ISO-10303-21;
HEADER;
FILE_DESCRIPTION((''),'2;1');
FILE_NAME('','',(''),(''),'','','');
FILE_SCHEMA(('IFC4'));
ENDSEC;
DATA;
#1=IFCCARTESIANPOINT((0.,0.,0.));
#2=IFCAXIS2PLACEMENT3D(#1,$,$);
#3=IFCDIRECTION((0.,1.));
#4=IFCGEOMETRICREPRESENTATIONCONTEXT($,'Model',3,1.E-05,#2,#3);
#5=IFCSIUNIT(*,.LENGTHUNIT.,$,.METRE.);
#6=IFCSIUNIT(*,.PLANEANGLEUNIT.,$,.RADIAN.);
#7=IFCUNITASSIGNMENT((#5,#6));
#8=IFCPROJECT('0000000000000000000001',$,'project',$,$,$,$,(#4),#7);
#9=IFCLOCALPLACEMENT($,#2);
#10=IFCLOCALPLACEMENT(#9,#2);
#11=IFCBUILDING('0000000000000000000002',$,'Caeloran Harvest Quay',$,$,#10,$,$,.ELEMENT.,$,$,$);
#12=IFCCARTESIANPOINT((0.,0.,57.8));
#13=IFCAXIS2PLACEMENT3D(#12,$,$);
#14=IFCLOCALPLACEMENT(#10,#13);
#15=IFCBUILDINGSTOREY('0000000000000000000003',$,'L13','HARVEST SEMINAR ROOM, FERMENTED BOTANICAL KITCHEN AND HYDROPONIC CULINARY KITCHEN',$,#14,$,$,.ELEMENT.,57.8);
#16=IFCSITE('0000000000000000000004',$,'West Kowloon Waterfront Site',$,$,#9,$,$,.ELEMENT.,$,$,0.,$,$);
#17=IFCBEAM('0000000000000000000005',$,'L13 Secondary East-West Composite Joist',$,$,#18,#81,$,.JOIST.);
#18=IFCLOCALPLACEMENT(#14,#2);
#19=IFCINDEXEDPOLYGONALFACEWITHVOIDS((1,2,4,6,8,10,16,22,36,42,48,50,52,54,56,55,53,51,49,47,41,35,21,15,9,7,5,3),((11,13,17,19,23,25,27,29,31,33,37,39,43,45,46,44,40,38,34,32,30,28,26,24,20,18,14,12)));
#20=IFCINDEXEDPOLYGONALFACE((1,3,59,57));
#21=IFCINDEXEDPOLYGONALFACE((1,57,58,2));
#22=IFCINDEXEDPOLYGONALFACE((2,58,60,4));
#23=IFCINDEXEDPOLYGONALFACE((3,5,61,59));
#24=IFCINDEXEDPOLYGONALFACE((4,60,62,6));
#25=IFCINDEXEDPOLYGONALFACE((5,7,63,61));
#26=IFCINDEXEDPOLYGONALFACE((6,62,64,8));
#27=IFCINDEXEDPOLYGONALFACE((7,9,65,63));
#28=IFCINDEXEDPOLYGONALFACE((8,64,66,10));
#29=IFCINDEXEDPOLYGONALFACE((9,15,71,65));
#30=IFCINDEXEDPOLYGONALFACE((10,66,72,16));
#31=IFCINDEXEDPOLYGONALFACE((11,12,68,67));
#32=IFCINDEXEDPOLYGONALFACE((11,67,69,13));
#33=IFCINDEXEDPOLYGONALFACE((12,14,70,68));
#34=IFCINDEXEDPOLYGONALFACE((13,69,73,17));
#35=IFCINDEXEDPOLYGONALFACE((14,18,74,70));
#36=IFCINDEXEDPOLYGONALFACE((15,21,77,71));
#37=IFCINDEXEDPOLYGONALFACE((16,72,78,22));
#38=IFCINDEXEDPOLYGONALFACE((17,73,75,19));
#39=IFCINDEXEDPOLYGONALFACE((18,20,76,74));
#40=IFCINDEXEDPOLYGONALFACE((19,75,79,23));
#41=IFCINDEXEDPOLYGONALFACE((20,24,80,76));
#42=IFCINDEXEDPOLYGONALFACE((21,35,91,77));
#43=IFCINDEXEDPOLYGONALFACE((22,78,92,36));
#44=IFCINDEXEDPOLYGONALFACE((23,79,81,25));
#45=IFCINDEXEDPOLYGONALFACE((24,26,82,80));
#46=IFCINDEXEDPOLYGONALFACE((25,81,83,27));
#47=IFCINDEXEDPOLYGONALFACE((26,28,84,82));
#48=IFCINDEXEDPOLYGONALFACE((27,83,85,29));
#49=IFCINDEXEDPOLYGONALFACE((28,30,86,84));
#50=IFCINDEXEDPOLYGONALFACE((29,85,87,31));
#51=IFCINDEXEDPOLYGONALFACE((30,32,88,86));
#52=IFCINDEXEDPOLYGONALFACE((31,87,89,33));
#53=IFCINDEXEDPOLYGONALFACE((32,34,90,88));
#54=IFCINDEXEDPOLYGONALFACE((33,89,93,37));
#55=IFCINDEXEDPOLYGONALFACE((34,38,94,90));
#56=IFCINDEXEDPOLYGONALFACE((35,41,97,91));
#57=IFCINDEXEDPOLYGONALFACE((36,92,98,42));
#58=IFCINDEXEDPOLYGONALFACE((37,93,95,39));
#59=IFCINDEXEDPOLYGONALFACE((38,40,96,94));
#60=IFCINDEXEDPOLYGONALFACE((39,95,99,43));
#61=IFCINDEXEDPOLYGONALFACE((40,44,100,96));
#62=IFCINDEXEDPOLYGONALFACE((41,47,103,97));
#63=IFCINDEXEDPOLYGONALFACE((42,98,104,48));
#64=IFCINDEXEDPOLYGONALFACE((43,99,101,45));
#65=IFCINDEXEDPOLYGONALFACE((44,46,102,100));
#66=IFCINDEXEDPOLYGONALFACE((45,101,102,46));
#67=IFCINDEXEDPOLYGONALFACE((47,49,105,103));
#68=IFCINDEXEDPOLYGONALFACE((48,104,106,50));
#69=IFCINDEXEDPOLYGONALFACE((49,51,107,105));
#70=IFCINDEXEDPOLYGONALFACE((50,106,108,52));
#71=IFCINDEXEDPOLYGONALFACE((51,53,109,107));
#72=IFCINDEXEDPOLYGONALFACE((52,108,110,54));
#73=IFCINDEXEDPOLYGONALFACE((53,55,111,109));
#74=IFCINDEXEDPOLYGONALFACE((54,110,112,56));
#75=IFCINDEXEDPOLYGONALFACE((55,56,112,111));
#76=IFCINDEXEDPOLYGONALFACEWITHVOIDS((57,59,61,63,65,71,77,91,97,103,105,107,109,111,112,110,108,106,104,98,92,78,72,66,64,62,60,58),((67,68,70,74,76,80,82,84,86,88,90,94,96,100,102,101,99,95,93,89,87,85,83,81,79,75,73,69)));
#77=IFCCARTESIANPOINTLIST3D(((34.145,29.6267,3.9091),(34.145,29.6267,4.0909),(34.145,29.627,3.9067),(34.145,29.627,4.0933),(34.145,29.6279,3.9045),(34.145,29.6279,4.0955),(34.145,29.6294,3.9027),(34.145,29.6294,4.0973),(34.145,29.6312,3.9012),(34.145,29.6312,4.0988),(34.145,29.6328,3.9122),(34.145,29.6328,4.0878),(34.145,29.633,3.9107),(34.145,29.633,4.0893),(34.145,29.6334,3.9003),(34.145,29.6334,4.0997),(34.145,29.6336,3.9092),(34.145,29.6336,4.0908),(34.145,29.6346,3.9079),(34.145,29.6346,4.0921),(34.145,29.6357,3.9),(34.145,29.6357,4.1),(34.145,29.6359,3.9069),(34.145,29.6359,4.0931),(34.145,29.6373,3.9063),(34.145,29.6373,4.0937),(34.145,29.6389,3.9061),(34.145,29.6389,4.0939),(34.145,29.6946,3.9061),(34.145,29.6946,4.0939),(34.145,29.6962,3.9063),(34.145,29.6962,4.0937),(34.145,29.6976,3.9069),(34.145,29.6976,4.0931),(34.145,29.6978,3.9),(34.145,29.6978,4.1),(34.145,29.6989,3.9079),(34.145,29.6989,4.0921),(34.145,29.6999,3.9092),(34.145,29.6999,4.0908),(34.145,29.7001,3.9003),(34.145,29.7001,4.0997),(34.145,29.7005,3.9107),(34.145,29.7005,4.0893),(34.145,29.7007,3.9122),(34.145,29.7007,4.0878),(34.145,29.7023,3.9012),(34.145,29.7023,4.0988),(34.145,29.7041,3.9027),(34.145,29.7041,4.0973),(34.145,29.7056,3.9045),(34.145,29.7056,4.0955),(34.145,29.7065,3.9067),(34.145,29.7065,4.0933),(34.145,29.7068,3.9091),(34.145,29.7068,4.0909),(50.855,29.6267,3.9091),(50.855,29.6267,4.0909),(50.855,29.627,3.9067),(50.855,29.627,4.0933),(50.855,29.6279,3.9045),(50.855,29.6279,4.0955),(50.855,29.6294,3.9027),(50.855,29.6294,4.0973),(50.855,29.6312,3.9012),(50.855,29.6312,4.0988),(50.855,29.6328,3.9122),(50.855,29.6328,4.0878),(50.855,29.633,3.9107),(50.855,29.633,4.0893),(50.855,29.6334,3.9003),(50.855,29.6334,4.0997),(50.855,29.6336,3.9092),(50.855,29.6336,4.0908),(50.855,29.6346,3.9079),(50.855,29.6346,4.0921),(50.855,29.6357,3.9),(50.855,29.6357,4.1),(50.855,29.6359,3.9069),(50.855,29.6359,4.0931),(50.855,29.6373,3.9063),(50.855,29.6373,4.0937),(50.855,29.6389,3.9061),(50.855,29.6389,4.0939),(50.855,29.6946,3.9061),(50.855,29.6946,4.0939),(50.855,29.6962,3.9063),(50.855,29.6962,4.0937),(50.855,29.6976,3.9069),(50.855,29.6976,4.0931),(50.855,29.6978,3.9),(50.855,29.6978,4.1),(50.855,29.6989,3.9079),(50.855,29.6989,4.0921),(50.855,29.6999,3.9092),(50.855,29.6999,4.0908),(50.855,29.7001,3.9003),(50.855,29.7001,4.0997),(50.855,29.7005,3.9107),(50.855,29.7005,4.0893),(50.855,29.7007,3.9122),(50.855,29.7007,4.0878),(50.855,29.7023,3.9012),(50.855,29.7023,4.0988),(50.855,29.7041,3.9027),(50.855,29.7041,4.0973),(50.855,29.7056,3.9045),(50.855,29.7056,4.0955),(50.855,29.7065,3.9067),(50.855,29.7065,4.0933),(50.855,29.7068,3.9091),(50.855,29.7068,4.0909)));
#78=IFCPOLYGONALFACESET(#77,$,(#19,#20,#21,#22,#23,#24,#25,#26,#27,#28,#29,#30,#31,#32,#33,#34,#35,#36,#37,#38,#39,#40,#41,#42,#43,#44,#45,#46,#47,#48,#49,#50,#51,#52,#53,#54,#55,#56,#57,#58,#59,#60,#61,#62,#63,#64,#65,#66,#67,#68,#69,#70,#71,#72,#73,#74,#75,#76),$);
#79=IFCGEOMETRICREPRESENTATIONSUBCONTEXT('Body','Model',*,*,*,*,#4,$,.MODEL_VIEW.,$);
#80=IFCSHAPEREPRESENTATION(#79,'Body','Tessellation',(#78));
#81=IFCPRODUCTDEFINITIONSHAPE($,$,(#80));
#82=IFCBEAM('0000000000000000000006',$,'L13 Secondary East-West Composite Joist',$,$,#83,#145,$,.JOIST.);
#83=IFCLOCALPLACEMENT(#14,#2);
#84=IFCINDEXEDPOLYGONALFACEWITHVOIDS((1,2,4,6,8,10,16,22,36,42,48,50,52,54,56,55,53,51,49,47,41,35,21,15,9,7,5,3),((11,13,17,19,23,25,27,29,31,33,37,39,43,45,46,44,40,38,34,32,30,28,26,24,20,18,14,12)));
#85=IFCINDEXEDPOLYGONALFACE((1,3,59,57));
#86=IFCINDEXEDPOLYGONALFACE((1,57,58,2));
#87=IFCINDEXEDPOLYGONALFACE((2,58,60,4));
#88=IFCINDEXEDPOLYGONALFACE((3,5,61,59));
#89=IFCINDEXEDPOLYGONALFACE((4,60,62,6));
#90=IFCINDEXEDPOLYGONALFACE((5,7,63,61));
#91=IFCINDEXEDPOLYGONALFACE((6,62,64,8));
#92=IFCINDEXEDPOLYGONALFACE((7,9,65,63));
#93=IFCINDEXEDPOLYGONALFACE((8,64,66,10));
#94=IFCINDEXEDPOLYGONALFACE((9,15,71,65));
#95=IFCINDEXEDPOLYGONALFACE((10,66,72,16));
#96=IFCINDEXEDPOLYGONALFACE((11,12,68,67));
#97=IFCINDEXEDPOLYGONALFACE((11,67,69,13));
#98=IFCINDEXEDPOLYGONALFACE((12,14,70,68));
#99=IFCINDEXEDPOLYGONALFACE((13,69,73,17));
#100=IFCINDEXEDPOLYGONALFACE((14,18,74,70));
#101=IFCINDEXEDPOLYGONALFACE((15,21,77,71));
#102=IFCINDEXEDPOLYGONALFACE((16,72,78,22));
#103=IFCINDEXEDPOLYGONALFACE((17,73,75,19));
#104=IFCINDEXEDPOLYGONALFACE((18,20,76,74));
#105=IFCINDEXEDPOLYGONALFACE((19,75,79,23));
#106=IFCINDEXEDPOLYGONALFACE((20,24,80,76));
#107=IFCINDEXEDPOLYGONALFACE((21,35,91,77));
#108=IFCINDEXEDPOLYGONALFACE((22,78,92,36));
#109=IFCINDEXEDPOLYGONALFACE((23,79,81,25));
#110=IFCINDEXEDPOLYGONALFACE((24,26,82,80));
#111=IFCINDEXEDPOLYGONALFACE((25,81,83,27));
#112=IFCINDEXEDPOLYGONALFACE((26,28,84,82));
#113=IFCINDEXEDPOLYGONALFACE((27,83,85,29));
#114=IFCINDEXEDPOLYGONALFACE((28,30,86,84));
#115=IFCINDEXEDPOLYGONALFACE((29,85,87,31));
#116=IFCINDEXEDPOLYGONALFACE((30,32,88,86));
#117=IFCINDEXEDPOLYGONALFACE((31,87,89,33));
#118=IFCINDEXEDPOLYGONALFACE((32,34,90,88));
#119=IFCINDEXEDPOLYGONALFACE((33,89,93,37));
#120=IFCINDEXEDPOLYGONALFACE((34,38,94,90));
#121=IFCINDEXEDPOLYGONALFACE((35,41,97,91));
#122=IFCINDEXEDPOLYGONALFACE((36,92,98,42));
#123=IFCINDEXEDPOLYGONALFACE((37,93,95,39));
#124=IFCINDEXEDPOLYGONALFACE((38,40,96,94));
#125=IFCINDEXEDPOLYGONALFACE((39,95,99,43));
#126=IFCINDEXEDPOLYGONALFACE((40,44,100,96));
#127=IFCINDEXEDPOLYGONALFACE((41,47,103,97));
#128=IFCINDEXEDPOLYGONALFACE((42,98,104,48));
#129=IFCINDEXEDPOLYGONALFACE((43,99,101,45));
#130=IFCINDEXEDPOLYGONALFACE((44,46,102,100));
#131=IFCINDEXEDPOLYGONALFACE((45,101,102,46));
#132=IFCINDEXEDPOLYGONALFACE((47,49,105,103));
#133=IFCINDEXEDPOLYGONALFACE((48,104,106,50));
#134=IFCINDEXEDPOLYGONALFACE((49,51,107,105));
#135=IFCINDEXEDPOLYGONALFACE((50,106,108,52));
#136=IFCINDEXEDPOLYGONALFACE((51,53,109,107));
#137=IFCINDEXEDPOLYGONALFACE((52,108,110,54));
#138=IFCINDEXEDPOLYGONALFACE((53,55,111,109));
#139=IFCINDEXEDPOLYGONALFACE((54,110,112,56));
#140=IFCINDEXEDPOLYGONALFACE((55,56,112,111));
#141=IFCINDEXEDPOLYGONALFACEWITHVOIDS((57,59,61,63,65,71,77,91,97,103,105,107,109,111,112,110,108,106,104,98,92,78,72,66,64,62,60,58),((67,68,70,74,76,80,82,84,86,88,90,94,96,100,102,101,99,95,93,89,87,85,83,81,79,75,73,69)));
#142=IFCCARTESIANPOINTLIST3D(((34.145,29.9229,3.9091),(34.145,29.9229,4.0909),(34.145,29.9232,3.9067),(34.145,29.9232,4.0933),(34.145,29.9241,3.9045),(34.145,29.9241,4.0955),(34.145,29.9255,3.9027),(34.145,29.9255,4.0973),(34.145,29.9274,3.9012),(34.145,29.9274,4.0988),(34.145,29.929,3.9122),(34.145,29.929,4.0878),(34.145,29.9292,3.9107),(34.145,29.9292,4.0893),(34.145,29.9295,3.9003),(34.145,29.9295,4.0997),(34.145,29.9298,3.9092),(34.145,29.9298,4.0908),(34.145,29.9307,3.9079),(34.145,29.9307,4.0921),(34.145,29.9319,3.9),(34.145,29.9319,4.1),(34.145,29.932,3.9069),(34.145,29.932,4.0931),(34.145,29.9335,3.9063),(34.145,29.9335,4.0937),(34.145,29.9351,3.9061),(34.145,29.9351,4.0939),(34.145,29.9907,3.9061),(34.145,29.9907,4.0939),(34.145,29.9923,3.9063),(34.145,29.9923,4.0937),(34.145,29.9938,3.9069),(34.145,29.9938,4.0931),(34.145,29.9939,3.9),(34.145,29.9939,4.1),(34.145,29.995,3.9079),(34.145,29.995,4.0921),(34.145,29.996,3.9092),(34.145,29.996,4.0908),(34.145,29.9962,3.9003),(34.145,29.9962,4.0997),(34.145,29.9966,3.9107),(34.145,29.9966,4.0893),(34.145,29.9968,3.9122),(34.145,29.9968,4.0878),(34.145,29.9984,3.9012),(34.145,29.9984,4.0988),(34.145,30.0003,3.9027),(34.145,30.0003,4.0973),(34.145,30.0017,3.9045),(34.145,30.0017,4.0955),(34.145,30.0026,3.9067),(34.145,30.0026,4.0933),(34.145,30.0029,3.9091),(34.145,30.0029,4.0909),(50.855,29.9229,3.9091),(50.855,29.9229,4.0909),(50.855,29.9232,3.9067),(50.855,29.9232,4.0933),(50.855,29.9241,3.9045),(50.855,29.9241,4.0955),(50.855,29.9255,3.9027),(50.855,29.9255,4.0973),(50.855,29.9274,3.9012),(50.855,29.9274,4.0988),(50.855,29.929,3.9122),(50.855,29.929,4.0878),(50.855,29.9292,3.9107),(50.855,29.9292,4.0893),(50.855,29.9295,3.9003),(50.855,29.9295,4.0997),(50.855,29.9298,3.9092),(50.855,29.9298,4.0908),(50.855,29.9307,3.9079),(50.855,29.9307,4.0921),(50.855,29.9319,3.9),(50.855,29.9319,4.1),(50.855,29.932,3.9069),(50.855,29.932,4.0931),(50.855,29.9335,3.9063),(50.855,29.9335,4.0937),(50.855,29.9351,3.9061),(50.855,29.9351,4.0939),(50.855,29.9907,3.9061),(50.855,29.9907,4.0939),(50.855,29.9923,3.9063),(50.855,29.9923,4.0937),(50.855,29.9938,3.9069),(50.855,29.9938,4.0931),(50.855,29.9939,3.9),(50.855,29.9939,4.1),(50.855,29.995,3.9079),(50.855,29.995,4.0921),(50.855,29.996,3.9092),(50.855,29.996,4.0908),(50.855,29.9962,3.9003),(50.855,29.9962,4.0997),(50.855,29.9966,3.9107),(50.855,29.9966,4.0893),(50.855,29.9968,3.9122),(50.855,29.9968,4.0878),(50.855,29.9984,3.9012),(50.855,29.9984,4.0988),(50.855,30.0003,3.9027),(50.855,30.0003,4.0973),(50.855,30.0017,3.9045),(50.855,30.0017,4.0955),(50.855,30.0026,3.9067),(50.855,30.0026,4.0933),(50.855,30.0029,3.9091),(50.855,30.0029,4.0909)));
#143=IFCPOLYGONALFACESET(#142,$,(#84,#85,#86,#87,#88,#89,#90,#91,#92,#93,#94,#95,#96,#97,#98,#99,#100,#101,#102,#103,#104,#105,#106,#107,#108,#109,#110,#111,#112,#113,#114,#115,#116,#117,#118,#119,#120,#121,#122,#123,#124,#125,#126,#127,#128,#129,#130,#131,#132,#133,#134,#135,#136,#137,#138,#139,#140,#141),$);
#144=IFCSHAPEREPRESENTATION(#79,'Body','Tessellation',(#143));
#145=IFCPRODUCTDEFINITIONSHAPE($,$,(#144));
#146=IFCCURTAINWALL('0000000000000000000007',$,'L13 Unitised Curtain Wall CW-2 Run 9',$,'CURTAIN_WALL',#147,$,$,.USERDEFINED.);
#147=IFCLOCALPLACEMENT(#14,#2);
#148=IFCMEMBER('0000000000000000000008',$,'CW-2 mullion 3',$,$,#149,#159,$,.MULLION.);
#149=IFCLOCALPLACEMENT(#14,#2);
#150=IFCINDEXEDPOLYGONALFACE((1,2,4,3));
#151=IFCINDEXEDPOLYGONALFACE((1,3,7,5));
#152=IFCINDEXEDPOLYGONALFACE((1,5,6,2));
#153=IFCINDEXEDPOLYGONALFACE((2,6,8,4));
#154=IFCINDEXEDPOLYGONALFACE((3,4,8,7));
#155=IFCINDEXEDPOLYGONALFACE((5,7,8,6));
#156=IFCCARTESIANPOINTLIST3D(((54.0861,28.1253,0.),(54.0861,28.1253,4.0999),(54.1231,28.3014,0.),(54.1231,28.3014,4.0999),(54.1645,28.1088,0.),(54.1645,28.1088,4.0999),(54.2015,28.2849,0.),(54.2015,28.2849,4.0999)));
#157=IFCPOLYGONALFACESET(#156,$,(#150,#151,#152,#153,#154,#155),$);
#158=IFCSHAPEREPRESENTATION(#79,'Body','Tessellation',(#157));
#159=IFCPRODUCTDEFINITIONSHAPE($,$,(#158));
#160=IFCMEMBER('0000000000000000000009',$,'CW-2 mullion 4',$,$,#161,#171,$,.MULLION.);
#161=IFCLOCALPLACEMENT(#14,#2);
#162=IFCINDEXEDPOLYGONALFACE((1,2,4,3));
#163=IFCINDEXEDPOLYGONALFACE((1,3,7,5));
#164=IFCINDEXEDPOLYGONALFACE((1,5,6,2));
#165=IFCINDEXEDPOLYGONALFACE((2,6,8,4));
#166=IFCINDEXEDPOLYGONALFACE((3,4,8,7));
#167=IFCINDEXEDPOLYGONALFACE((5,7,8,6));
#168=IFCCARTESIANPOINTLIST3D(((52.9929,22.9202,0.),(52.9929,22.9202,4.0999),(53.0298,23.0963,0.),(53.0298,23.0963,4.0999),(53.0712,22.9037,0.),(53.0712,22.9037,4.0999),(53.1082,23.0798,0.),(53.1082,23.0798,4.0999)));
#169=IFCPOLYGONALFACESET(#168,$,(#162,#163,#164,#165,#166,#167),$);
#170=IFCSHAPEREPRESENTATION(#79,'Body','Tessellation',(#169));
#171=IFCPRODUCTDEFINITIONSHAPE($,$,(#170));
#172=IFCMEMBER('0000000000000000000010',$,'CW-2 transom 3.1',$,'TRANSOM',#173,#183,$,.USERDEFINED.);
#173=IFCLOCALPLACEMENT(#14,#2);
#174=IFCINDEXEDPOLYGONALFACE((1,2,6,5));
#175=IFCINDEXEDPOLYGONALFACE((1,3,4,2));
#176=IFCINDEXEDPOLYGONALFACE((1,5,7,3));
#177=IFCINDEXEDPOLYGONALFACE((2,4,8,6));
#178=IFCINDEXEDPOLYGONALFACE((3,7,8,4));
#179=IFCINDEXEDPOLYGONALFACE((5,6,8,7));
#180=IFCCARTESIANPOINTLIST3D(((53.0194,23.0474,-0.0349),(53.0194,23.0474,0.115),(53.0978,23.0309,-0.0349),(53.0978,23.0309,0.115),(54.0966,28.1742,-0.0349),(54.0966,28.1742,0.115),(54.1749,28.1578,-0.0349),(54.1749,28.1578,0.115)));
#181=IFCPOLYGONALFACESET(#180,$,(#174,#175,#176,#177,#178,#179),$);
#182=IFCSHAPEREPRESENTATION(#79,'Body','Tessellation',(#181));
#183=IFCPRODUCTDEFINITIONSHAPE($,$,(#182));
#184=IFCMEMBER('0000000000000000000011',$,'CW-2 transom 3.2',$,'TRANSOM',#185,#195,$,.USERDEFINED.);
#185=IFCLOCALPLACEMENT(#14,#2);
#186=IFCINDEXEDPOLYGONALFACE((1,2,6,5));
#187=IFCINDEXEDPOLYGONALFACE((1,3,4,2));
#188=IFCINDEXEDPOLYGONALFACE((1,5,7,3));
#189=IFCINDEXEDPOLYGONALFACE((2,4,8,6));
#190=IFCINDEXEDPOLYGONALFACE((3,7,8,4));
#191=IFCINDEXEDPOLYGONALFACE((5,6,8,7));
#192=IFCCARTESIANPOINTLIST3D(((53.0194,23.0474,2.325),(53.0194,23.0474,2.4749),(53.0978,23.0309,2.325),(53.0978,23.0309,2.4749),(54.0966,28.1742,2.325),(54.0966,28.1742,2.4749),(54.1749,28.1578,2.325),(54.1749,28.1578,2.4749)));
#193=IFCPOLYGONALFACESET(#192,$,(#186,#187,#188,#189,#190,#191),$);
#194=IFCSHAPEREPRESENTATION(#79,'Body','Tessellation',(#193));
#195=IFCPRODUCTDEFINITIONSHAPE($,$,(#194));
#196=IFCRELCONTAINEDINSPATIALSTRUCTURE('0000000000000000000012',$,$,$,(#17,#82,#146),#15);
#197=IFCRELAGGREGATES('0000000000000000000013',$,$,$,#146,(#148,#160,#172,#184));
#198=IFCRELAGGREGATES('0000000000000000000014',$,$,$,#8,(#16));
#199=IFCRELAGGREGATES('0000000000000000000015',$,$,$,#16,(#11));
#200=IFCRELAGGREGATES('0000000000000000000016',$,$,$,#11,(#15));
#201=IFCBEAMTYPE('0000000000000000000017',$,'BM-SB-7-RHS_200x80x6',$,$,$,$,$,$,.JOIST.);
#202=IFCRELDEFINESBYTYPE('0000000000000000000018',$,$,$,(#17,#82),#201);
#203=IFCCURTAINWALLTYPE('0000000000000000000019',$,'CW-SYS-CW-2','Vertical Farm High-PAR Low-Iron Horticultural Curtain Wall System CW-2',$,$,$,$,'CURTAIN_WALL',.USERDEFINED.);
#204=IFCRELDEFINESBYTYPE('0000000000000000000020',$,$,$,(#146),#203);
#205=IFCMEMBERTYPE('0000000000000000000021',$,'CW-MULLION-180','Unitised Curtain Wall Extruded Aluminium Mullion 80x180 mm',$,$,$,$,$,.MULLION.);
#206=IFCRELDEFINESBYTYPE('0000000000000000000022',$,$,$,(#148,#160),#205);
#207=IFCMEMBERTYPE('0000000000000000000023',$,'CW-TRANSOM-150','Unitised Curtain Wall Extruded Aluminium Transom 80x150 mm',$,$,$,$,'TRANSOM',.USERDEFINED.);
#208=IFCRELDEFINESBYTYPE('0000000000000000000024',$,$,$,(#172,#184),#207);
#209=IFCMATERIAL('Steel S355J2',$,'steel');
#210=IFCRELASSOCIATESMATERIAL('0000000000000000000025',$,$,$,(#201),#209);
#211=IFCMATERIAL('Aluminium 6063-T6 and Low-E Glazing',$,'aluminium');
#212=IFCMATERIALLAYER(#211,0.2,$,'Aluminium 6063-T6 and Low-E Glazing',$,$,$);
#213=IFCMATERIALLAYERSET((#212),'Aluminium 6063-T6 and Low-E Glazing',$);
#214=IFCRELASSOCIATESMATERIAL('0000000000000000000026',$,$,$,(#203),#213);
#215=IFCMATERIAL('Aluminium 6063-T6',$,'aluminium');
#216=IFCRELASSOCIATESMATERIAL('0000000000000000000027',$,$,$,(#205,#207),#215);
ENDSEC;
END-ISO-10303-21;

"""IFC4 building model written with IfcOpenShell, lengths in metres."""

from ifc_helpers import new_model, si_unit, direction, frame, origin, origin_2d, place, context, subcontext, project, spatial, rectangle, hollow_rectangle, extrude, material, layer, layer_set, material_profile, profile_set, type_object, element, aggregate, save


model = new_model("IFC4")

# Units and contexts
model_context = context("Model", 3, precision=1e-05, world=origin(), true_north=direction((0.0, 1.0)))
body_context = subcontext(model_context, "Body", "Model", "MODEL_VIEW")
ifc_project = project(units=[si_unit("LENGTHUNIT", "METRE"), si_unit("PLANEANGLEUNIT", "RADIAN")], contexts=[model_context])

# Site, building, storey
site_placement = place(None, origin())
site = spatial("IfcSite", under=ifc_project, at=site_placement, Name="West Kowloon Waterfront Site", CompositionType="ELEMENT", RefElevation=0.0)
building_placement = place(site_placement, origin())
building = spatial("IfcBuilding", under=site, at=building_placement, Name="Caeloran Harvest Quay", CompositionType="ELEMENT")
storey_placement = place(building_placement, frame((0.0, 0.0, 57.8)))
storey = spatial("IfcBuildingStorey", under=building, at=storey_placement, Name="L13", Description="HARVEST SEMINAR ROOM, FERMENTED BOTANICAL KITCHEN AND HYDROPONIC CULINARY KITCHEN", CompositionType="ELEMENT", Elevation=57.8)

# Beams
ifc_material_1 = material(Name="Steel S355J2", Category="steel")
ifc_material_profile_1 = material_profile(ifc_material_1, hollow_rectangle(XDim=0.0801, YDim=0.2, WallThickness=0.0061, InnerFilletRadius=0.0061, OuterFilletRadius=0.009, at=origin_2d()), Name="RHS 200x80x6")
ifc_profile_set_1 = profile_set([ifc_material_profile_1], Name="Steel S355J2")
beam_type_1 = type_object("IfcBeamType", Name="BM-SB-7-RHS_200x80x6", PredefinedType="JOIST", material=ifc_profile_set_1)
for number, where, z_axis, x_axis, name in (
    (1, (34.145, 29.6667, 4.0), (1.0, 0.0, 0.0), (0.0, 1.0, 0.0), "L13 Secondary East-West Composite Joist"),
    (2, (34.145, 29.9629, 4.0), (1.0, 0.0, 0.0), (0.0, 1.0, 0.0), "L13 Secondary East-West Composite Joist"),
):
    element("IfcBeam", number, at=place(storey_placement, frame(where, z_axis=z_axis, x_axis=x_axis)), inside=storey, type_object=beam_type_1, Name=name, PredefinedType="JOIST", context=body_context, shape_type="SweptSolid", body=[
        extrude(hollow_rectangle(XDim=0.0801, YDim=0.2, WallThickness=0.0061, InnerFilletRadius=0.0061, OuterFilletRadius=0.009, at=origin_2d()), origin(), (0.0, 0.0, 1.0), 16.71),
    ])

# Curtain wall, members
ifc_material_2 = material(Name="Aluminium 6063-T6 and Low-E Glazing", Category="aluminium")
ifc_layer_1 = layer(ifc_material_2, 0.2, Name="Aluminium 6063-T6 and Low-E Glazing")
ifc_layer_set_1 = layer_set([ifc_layer_1], Name="Aluminium 6063-T6 and Low-E Glazing")
curtain_wall_type = type_object("IfcCurtainWallType", Name="CW-SYS-CW-2", Description="Vertical Farm High-PAR Low-Iron Horticultural Curtain Wall System CW-2", ElementType="CURTAIN_WALL", PredefinedType="USERDEFINED", material=ifc_layer_set_1)
curtain_wall_placement = place(storey_placement, origin())
curtain_wall = element("IfcCurtainWall", 3, at=curtain_wall_placement, inside=storey, type_object=curtain_wall_type, Name="L13 Unitised Curtain Wall CW-2 Run 9", ObjectType="CURTAIN_WALL", PredefinedType="USERDEFINED")
ifc_material_3 = material(Name="Aluminium 6063-T6", Category="aluminium")
ifc_material_profile_2 = material_profile(ifc_material_3, rectangle(XDim=0.0801, YDim=0.1799, at=origin_2d()), Name="CW-MULLION-180")
ifc_profile_set_2 = profile_set([ifc_material_profile_2], Name="Aluminium 6063-T6")
member_type_1 = type_object("IfcMemberType", Name="CW-MULLION-180", Description="Unitised Curtain Wall Extruded Aluminium Mullion 80x180 mm", PredefinedType="MULLION", material=ifc_profile_set_2)
member_1_placement = place(storey_placement, frame((54.1438, 28.2051, 0.0), z_axis=(0.0, 0.0, 1.0), x_axis=(0.97864, -0.205583, 0.0)))
member_1 = element("IfcMember", 4, at=member_1_placement, type_object=member_type_1, Name="CW-2 mullion 3", PredefinedType="MULLION", context=body_context, shape_type="SweptSolid", body=[
    extrude(rectangle(XDim=0.0801, YDim=0.1799, at=origin_2d()), origin(), (0.0, 0.0, 1.0), 4.0999),
])
member_2_placement = place(storey_placement, frame((53.0505, 23.0, 0.0), z_axis=(0.0, 0.0, 1.0), x_axis=(0.97864, -0.205583, 0.0)))
member_2 = element("IfcMember", 5, at=member_2_placement, type_object=member_type_1, Name="CW-2 mullion 4", PredefinedType="MULLION", context=body_context, shape_type="SweptSolid", body=[
    extrude(rectangle(XDim=0.0801, YDim=0.1799, at=origin_2d()), origin(), (0.0, 0.0, 1.0), 4.0999),
])
ifc_material_profile_3 = material_profile(ifc_material_3, rectangle(XDim=0.0801, YDim=0.1499, at=origin_2d()), Name="CW-TRANSOM-150")
ifc_profile_set_3 = profile_set([ifc_material_profile_3], Name="Aluminium 6063-T6")
member_type_2 = type_object("IfcMemberType", Name="CW-TRANSOM-150", Description="Unitised Curtain Wall Extruded Aluminium Transom 80x150 mm", ElementType="TRANSOM", PredefinedType="USERDEFINED", material=ifc_profile_set_3)
member_3_placement = place(storey_placement, frame((54.1357, 28.166, 0.04), z_axis=(-0.205607, -0.978635, 0.0), x_axis=(0.978635, -0.205607, 0.0)))
member_3 = element("IfcMember", 6, at=member_3_placement, type_object=member_type_2, Name="CW-2 transom 3.1", ObjectType="TRANSOM", PredefinedType="USERDEFINED", context=body_context, shape_type="SweptSolid", body=[
    extrude(rectangle(XDim=0.0801, YDim=0.1499, at=origin_2d()), origin(), (0.0, 0.0, 1.0), 5.2388),
])
member_4_placement = place(storey_placement, frame((54.1357, 28.166, 2.3999), z_axis=(-0.205607, -0.978635, 0.0), x_axis=(0.978635, -0.205607, 0.0)))
member_4 = element("IfcMember", 7, at=member_4_placement, type_object=member_type_2, Name="CW-2 transom 3.2", ObjectType="TRANSOM", PredefinedType="USERDEFINED", context=body_context, shape_type="SweptSolid", body=[
    extrude(rectangle(XDim=0.0801, YDim=0.1499, at=origin_2d()), origin(), (0.0, 0.0, 1.0), 5.2388),
])
aggregate(curtain_wall, [member_1, member_2, member_3, member_4])

save(model, "model.ifc")
